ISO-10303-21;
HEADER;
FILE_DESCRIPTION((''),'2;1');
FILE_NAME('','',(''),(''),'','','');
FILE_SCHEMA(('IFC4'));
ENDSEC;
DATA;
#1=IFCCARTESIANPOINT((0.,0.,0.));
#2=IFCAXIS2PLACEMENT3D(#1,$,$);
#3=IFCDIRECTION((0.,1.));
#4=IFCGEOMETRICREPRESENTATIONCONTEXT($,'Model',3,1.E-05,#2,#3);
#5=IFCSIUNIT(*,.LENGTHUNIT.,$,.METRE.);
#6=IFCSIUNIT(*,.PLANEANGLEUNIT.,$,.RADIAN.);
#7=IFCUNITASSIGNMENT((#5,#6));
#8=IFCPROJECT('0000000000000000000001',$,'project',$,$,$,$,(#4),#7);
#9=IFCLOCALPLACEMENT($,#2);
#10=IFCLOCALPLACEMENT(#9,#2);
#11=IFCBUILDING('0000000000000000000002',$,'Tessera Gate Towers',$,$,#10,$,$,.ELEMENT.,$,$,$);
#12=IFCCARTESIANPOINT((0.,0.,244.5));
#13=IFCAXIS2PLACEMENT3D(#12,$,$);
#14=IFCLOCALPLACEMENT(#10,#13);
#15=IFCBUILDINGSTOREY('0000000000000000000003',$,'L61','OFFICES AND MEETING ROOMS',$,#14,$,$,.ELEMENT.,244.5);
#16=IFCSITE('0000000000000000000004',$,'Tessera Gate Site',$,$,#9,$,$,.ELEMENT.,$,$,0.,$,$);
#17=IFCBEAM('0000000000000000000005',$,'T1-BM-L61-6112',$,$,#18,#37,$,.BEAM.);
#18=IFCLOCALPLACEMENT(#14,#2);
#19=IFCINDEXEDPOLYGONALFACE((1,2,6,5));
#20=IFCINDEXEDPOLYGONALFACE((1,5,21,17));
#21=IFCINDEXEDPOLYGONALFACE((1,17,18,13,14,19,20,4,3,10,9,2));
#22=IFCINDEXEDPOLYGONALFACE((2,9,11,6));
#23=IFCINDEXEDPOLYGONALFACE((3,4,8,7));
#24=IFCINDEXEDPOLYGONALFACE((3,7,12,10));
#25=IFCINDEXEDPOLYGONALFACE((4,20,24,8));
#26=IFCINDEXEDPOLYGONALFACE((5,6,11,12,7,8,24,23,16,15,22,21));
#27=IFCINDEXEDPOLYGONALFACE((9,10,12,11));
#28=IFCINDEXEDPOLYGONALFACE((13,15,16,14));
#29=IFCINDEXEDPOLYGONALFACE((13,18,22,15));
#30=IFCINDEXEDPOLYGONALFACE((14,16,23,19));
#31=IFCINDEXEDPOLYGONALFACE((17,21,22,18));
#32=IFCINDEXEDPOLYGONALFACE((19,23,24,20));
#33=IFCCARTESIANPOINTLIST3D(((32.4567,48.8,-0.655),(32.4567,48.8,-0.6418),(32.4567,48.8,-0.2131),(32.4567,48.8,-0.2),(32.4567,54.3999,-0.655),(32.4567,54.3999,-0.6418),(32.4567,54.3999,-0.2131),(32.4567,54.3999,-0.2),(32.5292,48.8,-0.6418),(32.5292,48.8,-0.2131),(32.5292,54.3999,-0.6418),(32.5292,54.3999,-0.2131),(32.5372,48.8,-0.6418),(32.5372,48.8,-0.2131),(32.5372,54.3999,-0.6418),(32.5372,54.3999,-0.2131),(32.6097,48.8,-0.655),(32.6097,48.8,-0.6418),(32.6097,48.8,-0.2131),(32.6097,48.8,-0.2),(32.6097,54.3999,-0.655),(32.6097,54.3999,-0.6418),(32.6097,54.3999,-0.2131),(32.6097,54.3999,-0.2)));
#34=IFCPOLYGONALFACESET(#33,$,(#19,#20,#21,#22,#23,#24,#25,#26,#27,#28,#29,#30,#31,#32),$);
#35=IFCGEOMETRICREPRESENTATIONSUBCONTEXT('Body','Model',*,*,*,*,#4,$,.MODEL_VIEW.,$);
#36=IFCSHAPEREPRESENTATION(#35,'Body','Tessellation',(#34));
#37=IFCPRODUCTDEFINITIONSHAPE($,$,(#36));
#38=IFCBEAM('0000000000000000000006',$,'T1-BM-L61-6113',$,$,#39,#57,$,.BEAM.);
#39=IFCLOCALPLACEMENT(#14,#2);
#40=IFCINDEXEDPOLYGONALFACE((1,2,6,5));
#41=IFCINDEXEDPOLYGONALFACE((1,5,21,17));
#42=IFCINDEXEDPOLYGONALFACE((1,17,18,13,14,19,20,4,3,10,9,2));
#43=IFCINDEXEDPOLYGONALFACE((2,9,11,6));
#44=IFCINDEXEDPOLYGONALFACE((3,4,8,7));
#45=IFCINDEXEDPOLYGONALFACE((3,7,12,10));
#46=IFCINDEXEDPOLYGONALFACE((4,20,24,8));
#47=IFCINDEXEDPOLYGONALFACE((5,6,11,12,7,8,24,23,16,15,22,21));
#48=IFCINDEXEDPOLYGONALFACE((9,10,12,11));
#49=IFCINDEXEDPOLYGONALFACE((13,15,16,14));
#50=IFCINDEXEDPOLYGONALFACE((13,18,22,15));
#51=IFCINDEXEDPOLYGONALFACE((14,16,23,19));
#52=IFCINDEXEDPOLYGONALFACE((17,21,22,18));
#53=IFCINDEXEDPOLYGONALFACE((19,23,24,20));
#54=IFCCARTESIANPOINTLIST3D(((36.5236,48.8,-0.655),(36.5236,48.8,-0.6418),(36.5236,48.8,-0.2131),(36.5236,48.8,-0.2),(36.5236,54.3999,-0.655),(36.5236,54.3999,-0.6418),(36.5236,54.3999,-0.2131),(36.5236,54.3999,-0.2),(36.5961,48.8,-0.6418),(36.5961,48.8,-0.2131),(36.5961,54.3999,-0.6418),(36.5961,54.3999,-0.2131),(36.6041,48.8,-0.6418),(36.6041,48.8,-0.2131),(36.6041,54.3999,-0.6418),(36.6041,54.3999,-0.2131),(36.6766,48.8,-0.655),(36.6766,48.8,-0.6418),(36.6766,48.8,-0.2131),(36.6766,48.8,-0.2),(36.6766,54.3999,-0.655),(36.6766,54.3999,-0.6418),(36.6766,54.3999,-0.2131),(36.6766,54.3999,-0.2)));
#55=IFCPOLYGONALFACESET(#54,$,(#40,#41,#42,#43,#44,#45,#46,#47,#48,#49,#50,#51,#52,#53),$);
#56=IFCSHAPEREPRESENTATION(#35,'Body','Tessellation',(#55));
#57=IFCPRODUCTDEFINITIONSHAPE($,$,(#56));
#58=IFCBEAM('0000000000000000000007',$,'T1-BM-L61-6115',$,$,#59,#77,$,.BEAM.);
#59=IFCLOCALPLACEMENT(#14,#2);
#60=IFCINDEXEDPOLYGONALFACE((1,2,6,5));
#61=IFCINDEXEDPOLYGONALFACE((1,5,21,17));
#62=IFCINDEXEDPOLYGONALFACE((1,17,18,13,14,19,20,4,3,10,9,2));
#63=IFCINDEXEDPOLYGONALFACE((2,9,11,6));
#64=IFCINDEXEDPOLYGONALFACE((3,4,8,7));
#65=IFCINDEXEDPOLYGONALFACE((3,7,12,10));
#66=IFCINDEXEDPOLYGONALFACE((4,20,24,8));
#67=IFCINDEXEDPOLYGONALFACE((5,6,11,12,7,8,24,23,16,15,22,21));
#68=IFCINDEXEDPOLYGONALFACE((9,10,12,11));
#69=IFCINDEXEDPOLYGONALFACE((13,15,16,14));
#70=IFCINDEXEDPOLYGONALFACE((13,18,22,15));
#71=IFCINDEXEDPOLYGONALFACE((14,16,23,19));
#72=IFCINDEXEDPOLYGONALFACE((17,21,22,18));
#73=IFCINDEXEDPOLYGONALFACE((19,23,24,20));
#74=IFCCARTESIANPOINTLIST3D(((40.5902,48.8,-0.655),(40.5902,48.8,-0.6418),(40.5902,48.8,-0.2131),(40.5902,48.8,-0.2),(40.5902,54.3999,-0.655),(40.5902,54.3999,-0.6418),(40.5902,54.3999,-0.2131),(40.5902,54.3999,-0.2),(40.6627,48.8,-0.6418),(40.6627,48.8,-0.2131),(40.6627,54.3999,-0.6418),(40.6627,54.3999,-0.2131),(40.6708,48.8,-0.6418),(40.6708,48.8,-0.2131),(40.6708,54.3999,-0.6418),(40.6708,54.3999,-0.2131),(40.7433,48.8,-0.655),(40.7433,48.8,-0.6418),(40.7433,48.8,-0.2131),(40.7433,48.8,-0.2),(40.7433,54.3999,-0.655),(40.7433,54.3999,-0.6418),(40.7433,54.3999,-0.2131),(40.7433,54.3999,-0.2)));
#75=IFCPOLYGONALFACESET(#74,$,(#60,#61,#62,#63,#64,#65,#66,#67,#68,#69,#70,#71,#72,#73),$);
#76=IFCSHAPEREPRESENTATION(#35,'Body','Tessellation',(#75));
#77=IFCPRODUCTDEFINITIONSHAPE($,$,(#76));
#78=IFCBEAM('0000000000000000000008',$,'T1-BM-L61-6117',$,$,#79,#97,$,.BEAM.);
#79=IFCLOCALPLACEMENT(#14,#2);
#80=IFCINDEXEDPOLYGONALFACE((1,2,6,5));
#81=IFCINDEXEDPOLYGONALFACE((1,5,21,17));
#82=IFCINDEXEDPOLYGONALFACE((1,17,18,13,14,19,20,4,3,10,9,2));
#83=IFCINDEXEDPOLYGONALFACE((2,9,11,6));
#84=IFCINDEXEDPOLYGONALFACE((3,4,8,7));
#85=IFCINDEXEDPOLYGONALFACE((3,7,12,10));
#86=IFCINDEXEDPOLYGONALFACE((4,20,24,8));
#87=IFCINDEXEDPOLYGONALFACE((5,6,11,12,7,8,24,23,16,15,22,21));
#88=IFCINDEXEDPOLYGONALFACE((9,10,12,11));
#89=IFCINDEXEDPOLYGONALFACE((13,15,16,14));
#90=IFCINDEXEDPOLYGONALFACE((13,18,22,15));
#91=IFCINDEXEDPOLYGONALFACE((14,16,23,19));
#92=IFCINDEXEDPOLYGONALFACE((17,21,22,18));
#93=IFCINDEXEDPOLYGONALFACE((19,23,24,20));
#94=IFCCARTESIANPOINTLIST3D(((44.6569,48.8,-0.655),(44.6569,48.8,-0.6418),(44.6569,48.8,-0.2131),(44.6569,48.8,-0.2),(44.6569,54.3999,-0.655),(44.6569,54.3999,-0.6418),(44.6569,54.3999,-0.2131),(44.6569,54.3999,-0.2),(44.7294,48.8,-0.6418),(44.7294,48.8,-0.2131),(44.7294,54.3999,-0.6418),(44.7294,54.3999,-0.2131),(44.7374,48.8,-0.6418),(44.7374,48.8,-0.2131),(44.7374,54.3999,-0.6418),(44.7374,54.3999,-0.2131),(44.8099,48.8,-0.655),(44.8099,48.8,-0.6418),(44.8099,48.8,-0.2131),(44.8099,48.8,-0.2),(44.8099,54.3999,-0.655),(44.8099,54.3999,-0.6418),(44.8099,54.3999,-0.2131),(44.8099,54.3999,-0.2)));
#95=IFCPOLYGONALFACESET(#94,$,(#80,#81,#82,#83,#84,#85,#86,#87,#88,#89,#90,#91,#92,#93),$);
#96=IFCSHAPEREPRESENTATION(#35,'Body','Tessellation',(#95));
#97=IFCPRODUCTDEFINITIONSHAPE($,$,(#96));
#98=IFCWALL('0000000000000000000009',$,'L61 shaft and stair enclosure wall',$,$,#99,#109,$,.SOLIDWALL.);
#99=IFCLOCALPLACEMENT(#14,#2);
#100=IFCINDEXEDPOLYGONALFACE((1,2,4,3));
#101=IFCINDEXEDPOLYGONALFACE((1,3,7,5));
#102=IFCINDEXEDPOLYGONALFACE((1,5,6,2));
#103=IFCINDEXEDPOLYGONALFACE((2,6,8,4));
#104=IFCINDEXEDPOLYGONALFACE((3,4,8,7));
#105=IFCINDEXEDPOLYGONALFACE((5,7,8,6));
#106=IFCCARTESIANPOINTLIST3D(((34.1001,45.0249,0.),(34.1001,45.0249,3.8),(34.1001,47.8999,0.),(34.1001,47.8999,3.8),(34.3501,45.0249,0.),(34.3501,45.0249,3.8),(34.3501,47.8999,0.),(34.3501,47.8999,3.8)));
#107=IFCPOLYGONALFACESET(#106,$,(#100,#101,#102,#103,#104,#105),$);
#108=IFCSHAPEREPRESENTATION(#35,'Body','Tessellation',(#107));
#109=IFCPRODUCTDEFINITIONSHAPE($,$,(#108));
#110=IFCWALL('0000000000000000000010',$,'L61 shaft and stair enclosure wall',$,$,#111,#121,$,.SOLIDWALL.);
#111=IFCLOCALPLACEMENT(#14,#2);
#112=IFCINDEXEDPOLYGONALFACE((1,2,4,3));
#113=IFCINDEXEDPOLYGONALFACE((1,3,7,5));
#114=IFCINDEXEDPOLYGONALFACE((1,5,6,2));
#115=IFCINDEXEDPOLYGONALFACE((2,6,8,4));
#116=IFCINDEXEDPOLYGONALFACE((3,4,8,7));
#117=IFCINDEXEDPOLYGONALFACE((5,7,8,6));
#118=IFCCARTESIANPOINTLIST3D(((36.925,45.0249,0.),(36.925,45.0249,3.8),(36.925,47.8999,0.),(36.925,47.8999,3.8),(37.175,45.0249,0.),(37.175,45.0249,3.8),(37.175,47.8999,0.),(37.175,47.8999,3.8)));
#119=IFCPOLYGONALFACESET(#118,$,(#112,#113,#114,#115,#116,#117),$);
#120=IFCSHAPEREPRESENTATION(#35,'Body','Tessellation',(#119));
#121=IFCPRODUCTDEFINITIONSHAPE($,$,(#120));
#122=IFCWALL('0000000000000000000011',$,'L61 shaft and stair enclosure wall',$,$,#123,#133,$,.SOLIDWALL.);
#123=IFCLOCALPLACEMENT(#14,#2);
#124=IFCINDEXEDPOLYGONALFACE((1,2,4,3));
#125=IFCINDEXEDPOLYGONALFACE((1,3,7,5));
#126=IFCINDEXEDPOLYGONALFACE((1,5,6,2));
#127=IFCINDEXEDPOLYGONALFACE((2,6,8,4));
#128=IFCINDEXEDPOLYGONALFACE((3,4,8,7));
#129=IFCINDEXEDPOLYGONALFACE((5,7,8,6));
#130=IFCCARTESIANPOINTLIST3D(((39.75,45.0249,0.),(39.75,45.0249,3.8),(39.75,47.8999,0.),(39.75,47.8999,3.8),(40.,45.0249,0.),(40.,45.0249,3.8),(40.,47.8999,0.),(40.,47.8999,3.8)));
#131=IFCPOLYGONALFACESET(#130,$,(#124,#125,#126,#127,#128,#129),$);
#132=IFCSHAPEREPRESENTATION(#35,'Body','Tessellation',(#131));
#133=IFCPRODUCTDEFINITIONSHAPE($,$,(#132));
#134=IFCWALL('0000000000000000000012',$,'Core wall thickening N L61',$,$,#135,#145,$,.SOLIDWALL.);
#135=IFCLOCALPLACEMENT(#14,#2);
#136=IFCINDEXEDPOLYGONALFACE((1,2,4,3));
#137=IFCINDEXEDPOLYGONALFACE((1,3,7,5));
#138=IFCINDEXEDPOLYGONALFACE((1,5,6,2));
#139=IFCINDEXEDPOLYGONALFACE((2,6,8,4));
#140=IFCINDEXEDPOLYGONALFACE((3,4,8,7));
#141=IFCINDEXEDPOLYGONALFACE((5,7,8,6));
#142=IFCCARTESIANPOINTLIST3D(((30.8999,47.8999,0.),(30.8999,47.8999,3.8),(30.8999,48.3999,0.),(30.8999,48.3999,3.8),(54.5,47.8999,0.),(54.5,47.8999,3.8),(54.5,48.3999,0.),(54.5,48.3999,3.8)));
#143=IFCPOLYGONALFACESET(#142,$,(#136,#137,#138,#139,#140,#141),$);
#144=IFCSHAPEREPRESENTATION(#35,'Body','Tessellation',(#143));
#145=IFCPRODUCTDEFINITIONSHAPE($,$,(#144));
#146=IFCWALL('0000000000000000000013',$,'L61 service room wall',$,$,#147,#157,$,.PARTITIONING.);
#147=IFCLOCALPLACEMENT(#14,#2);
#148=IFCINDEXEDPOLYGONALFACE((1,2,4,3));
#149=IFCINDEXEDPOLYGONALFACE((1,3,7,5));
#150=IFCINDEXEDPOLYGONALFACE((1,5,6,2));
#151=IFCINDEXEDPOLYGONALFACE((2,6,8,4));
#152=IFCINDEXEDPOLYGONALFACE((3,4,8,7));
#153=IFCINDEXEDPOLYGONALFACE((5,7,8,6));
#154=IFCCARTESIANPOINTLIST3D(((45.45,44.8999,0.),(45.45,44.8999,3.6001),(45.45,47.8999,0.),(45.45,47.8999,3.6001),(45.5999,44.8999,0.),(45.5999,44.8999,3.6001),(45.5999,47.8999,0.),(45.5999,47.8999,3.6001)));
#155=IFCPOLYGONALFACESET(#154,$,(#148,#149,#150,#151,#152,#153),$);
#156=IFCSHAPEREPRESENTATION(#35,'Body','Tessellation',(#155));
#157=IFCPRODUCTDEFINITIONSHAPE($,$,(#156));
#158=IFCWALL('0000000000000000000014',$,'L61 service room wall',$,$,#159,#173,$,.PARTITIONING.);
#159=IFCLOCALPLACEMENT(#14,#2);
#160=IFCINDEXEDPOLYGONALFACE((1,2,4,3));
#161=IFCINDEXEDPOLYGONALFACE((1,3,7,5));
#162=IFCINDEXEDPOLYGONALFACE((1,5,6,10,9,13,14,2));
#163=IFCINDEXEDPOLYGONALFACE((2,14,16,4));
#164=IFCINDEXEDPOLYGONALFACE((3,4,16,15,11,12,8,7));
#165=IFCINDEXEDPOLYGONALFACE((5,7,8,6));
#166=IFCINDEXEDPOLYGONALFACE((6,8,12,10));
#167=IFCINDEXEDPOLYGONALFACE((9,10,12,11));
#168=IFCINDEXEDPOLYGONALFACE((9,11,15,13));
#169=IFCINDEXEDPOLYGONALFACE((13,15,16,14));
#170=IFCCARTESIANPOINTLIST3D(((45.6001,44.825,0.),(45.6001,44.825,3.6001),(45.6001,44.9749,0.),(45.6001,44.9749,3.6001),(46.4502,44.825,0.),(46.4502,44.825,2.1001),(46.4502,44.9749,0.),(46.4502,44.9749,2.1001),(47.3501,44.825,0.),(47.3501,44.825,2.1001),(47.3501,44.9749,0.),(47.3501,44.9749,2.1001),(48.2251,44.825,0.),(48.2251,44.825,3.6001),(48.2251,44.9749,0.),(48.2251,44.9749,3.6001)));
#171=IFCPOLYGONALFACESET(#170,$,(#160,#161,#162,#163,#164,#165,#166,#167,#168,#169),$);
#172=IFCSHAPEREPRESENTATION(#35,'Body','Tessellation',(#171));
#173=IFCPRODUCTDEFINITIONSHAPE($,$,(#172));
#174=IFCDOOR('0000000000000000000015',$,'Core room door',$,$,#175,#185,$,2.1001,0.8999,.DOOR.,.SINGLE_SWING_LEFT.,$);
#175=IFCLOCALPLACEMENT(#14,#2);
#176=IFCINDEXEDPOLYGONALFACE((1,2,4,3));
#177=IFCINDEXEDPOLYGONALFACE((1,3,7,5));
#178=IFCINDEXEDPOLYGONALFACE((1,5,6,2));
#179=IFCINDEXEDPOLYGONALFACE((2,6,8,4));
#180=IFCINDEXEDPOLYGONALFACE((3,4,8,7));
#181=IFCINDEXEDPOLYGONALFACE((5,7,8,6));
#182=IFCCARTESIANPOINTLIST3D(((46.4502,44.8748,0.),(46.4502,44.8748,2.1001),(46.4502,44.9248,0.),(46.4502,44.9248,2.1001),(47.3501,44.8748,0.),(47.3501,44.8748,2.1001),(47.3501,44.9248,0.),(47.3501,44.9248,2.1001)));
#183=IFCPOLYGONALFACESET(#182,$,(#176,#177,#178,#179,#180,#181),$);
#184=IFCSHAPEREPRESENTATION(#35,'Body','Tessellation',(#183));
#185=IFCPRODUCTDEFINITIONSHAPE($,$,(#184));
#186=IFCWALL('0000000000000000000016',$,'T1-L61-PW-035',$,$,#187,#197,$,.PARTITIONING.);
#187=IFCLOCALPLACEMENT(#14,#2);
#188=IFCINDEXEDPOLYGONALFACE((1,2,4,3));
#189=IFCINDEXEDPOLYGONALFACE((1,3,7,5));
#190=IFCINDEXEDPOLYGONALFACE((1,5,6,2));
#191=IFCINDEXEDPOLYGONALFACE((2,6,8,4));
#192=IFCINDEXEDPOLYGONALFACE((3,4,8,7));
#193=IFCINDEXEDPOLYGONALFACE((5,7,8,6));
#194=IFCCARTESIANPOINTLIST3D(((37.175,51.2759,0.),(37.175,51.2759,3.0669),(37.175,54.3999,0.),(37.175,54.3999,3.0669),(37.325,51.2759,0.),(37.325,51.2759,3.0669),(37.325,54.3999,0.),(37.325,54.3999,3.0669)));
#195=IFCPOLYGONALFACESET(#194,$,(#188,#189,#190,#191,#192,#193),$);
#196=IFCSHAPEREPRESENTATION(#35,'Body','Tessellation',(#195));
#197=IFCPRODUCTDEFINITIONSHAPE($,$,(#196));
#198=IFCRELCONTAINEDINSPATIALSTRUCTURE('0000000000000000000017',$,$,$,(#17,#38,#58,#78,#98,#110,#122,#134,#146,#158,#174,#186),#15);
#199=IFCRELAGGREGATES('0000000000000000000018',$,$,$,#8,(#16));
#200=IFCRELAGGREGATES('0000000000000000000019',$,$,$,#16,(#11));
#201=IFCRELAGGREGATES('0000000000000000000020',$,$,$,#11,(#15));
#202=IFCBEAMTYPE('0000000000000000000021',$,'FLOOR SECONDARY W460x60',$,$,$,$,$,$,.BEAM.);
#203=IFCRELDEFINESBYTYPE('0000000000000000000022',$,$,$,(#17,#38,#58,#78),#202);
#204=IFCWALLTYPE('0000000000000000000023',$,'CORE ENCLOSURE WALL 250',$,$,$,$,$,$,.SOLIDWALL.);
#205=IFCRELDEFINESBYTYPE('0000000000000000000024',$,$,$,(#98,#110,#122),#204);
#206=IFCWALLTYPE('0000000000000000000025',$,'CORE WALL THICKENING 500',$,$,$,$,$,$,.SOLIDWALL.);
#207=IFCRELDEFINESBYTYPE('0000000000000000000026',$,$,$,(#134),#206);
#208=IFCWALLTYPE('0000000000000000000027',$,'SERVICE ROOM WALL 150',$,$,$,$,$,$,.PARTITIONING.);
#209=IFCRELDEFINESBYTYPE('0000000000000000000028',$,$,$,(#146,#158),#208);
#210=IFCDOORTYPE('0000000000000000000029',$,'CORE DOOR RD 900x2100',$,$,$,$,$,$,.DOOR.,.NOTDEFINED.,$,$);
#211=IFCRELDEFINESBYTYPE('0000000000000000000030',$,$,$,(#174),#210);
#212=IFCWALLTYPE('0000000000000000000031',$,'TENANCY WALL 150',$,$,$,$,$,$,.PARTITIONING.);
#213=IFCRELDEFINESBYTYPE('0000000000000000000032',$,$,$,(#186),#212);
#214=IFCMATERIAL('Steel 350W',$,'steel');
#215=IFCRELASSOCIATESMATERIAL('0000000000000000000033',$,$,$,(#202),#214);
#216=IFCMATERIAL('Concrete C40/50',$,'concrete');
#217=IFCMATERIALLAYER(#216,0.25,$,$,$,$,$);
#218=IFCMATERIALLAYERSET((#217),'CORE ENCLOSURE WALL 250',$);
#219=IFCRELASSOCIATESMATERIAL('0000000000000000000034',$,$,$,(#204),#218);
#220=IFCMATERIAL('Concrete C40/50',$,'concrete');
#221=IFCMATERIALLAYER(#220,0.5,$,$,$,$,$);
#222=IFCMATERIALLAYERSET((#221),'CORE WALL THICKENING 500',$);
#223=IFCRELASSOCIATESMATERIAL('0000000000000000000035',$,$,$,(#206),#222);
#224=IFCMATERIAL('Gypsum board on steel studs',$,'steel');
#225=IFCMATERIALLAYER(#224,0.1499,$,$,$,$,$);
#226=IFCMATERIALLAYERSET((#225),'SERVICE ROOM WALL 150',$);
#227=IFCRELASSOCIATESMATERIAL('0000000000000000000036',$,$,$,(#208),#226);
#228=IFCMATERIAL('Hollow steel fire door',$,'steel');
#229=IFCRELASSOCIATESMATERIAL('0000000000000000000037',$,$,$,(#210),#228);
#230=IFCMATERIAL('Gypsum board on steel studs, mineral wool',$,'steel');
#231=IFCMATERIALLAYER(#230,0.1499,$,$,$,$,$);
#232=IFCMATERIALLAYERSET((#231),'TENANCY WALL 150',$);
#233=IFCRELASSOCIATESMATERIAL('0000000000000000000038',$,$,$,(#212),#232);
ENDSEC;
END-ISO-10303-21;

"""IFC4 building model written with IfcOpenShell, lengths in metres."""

from ifc_helpers import new_model, si_unit, direction, frame, frame_2d, origin, origin_2d, place, context, subcontext, project, spatial, rectangle, i_section, extrude, source, transform, mapped, material, layer, layer_set, material_profile, profile_set, type_object, element, fill, save


model = new_model("IFC4")

# Units and contexts
model_context = context("Model", 3, precision=1e-05, world=origin(), true_north=direction((0.0, 1.0)))
body_context = subcontext(model_context, "Body", "Model", "MODEL_VIEW")
ifc_project = project(units=[si_unit("LENGTHUNIT", "METRE"), si_unit("PLANEANGLEUNIT", "RADIAN")], contexts=[model_context])

# Site, building, storey
site_placement = place(None, origin())
site = spatial("IfcSite", under=ifc_project, at=site_placement, Name="Tessera Gate Site", CompositionType="ELEMENT", RefElevation=0.0)
building_placement = place(site_placement, origin())
building = spatial("IfcBuilding", under=site, at=building_placement, Name="Tessera Gate Towers", CompositionType="ELEMENT")
storey_placement = place(building_placement, frame((0.0, 0.0, 244.5)))
storey = spatial("IfcBuildingStorey", under=building, at=storey_placement, Name="L61", Description="OFFICES AND MEETING ROOMS", CompositionType="ELEMENT", Elevation=244.5)

# Beams
ifc_material_1 = material(Name="Steel 350W", Category="steel")
ifc_material_profile = material_profile(ifc_material_1, i_section(OverallWidth=0.1531, OverallDepth=0.4551, WebThickness=0.0081, FlangeThickness=0.0132, at=origin_2d()), Name="W460x60")
ifc_profile_set = profile_set([ifc_material_profile], Name="Steel 350W")
beam_type = type_object("IfcBeamType", Name="FLOOR SECONDARY W460x60", PredefinedType="BEAM", material=ifc_profile_set)
for number, where, z_axis, x_axis, name in (
    (1, (32.5332, 48.8, -0.4275), (0.0, 1.0, 0.0), (-1.0, 0.0, 0.0), "T1-BM-L61-6112"),
    (2, (36.6001, 48.8, -0.4275), (0.0, 1.0, 0.0), (-1.0, 0.0, 0.0), "T1-BM-L61-6113"),
    (3, (40.6667, 48.8, -0.4275), (0.0, 1.0, 0.0), (-1.0, 0.0, 0.0), "T1-BM-L61-6115"),
    (4, (44.7334, 48.8, -0.4275), (0.0, 1.0, 0.0), (-1.0, 0.0, 0.0), "T1-BM-L61-6117"),
):
    element("IfcBeam", number, at=place(storey_placement, frame(where, z_axis=z_axis, x_axis=x_axis)), inside=storey, type_object=beam_type, Name=name, PredefinedType="BEAM", context=body_context, shape_type="SweptSolid", body=[
        extrude(i_section(OverallWidth=0.1531, OverallDepth=0.4551, WebThickness=0.0081, FlangeThickness=0.0132, at=origin_2d()), origin(), (0.0, 0.0, 1.0), 5.5999),
    ])

# Walls
ifc_material_2 = material(Name="Concrete C40/50", Category="concrete")
ifc_layer_1 = layer(ifc_material_2, 0.25)
ifc_layer_set_1 = layer_set([ifc_layer_1], Name="CORE ENCLOSURE WALL 250")
wall_type_1 = type_object("IfcWallType", Name="CORE ENCLOSURE WALL 250", PredefinedType="SOLIDWALL", material=ifc_layer_set_1)
for number, where, z_axis, x_axis, name in (
    (5, (34.2251, 45.0249, 0.0), (0.0, 0.0, 1.0), (0.0, 1.0, 0.0), "L61 shaft and stair enclosure wall"),
    (6, (37.05, 45.0249, 0.0), (0.0, 0.0, 1.0), (0.0, 1.0, 0.0), "L61 shaft and stair enclosure wall"),
    (7, (39.875, 45.0249, 0.0), (0.0, 0.0, 1.0), (0.0, 1.0, 0.0), "L61 shaft and stair enclosure wall"),
):
    element("IfcWall", number, at=place(storey_placement, frame(where, z_axis=z_axis, x_axis=x_axis)), inside=storey, type_object=wall_type_1, Name=name, PredefinedType="SOLIDWALL", context=body_context, shape_type="SweptSolid", body=[
        extrude(rectangle(XDim=2.875, YDim=0.25, at=frame_2d((1.4375, 0.0))), origin(), (0.0, 0.0, 1.0), 3.8),
    ])
ifc_material_3 = material(Name="Concrete C40/50", Category="concrete")
ifc_layer_2 = layer(ifc_material_3, 0.5)
ifc_layer_set_2 = layer_set([ifc_layer_2], Name="CORE WALL THICKENING 500")
wall_type_2 = type_object("IfcWallType", Name="CORE WALL THICKENING 500", PredefinedType="SOLIDWALL", material=ifc_layer_set_2)
wall_1_placement = place(storey_placement, frame((30.8999, 48.1499, 0.0), z_axis=(0.0, 0.0, 1.0), x_axis=(1.0, 0.0, 0.0)))
element("IfcWall", 8, at=wall_1_placement, inside=storey, type_object=wall_type_2, Name="Core wall thickening N L61", PredefinedType="SOLIDWALL", context=body_context, shape_type="SweptSolid", body=[
    extrude(rectangle(XDim=23.6001, YDim=0.5, at=frame_2d((11.8, 0.0))), origin(), (0.0, 0.0, 1.0), 3.8),
])
ifc_material_4 = material(Name="Gypsum board on steel studs", Category="steel")
ifc_layer_3 = layer(ifc_material_4, 0.1499)
ifc_layer_set_3 = layer_set([ifc_layer_3], Name="SERVICE ROOM WALL 150")
wall_type_3 = type_object("IfcWallType", Name="SERVICE ROOM WALL 150", PredefinedType="PARTITIONING", material=ifc_layer_set_3)
wall_2_placement = place(storey_placement, frame((45.5249, 44.8999, 0.0), z_axis=(0.0, 0.0, 1.0), x_axis=(0.0, 1.0, 0.0)))
element("IfcWall", 9, at=wall_2_placement, inside=storey, type_object=wall_type_3, Name="L61 service room wall", PredefinedType="PARTITIONING", context=body_context, shape_type="SweptSolid", body=[
    extrude(rectangle(XDim=3.0, YDim=0.1499, at=frame_2d((1.5, 0.0))), origin(), (0.0, 0.0, 1.0), 3.6001),
])

# Wall, opening, door
wall_3_placement = place(storey_placement, frame((45.6001, 44.8999, 0.0), z_axis=(0.0, 0.0, 1.0), x_axis=(1.0, 0.0, 0.0)))
wall_3 = element("IfcWall", 10, at=wall_3_placement, inside=storey, type_object=wall_type_3, Name="L61 service room wall", PredefinedType="PARTITIONING", context=body_context, shape_type="SweptSolid", body=[
    extrude(rectangle(XDim=2.625, YDim=0.1499, at=frame_2d((1.3125, 0.0))), origin(), (0.0, 0.0, 1.0), 3.6001),
])
shared_shape_1 = source(origin(), body_context, "Body", "SweptSolid", [
    extrude(rectangle(XDim=0.8999, YDim=2.1001, at=frame_2d((0.45, 1.05))), frame((0.0, 0.085, 0.0), z_axis=(0.0, -1.0, 0.0), x_axis=(1.0, 0.0, 0.0)), (0.0, 0.0, 1.0), 0.1699),
])
opening_1_placement = place(wall_3_placement, frame((0.8501, 0.0, 0.0)))
opening_1 = element("IfcOpeningElement", 11, at=opening_1_placement, cuts=wall_3, PredefinedType="OPENING", context=body_context, shape_type="MappedRepresentation", body=[
    mapped(shared_shape_1, transform((0.0, 0.0, 0.0), scale=1.0)),
])
ifc_material_5 = material(Name="Hollow steel fire door", Category="steel")
door_type = type_object("IfcDoorType", Name="CORE DOOR RD 900x2100", OperationType="NOTDEFINED", PredefinedType="DOOR", material=ifc_material_5)
shared_shape_2 = source(origin(), body_context, "Body", "SweptSolid", [
    extrude(rectangle(XDim=0.8999, YDim=2.1001, at=frame_2d((0.45, 1.05))), frame((0.0, 0.0249, 0.0), z_axis=(0.0, -1.0, 0.0), x_axis=(1.0, 0.0, 0.0)), (0.0, 0.0, 1.0), 0.05),
])
door_placement = place(opening_1_placement, origin())
door = element("IfcDoor", 12, at=door_placement, inside=storey, type_object=door_type, Name="Core room door", OperationType="SINGLE_SWING_LEFT", OverallHeight=2.1001, OverallWidth=0.8999, PredefinedType="DOOR", context=body_context, shape_type="MappedRepresentation", body=[
    mapped(shared_shape_2, transform((0.0, 0.0, 0.0), scale=1.0)),
])
fill(opening_1, door)

# Wall
ifc_material_6 = material(Name="Gypsum board on steel studs, mineral wool", Category="steel")
ifc_layer_4 = layer(ifc_material_6, 0.1499)
ifc_layer_set_4 = layer_set([ifc_layer_4], Name="TENANCY WALL 150")
wall_type_4 = type_object("IfcWallType", Name="TENANCY WALL 150", PredefinedType="PARTITIONING", material=ifc_layer_set_4)
wall_4_placement = place(storey_placement, frame((37.25, 51.2759, 0.0), z_axis=(0.0, 0.0, 1.0), x_axis=(0.0, 1.0, 0.0)))
element("IfcWall", 13, at=wall_4_placement, inside=storey, type_object=wall_type_4, Name="T1-L61-PW-035", PredefinedType="PARTITIONING", context=body_context, shape_type="SweptSolid", body=[
    extrude(rectangle(XDim=3.124, YDim=0.1499, at=frame_2d((1.562, 0.0))), origin(), (0.0, 0.0, 1.0), 3.0669),
])

save(model, "model.ifc")
